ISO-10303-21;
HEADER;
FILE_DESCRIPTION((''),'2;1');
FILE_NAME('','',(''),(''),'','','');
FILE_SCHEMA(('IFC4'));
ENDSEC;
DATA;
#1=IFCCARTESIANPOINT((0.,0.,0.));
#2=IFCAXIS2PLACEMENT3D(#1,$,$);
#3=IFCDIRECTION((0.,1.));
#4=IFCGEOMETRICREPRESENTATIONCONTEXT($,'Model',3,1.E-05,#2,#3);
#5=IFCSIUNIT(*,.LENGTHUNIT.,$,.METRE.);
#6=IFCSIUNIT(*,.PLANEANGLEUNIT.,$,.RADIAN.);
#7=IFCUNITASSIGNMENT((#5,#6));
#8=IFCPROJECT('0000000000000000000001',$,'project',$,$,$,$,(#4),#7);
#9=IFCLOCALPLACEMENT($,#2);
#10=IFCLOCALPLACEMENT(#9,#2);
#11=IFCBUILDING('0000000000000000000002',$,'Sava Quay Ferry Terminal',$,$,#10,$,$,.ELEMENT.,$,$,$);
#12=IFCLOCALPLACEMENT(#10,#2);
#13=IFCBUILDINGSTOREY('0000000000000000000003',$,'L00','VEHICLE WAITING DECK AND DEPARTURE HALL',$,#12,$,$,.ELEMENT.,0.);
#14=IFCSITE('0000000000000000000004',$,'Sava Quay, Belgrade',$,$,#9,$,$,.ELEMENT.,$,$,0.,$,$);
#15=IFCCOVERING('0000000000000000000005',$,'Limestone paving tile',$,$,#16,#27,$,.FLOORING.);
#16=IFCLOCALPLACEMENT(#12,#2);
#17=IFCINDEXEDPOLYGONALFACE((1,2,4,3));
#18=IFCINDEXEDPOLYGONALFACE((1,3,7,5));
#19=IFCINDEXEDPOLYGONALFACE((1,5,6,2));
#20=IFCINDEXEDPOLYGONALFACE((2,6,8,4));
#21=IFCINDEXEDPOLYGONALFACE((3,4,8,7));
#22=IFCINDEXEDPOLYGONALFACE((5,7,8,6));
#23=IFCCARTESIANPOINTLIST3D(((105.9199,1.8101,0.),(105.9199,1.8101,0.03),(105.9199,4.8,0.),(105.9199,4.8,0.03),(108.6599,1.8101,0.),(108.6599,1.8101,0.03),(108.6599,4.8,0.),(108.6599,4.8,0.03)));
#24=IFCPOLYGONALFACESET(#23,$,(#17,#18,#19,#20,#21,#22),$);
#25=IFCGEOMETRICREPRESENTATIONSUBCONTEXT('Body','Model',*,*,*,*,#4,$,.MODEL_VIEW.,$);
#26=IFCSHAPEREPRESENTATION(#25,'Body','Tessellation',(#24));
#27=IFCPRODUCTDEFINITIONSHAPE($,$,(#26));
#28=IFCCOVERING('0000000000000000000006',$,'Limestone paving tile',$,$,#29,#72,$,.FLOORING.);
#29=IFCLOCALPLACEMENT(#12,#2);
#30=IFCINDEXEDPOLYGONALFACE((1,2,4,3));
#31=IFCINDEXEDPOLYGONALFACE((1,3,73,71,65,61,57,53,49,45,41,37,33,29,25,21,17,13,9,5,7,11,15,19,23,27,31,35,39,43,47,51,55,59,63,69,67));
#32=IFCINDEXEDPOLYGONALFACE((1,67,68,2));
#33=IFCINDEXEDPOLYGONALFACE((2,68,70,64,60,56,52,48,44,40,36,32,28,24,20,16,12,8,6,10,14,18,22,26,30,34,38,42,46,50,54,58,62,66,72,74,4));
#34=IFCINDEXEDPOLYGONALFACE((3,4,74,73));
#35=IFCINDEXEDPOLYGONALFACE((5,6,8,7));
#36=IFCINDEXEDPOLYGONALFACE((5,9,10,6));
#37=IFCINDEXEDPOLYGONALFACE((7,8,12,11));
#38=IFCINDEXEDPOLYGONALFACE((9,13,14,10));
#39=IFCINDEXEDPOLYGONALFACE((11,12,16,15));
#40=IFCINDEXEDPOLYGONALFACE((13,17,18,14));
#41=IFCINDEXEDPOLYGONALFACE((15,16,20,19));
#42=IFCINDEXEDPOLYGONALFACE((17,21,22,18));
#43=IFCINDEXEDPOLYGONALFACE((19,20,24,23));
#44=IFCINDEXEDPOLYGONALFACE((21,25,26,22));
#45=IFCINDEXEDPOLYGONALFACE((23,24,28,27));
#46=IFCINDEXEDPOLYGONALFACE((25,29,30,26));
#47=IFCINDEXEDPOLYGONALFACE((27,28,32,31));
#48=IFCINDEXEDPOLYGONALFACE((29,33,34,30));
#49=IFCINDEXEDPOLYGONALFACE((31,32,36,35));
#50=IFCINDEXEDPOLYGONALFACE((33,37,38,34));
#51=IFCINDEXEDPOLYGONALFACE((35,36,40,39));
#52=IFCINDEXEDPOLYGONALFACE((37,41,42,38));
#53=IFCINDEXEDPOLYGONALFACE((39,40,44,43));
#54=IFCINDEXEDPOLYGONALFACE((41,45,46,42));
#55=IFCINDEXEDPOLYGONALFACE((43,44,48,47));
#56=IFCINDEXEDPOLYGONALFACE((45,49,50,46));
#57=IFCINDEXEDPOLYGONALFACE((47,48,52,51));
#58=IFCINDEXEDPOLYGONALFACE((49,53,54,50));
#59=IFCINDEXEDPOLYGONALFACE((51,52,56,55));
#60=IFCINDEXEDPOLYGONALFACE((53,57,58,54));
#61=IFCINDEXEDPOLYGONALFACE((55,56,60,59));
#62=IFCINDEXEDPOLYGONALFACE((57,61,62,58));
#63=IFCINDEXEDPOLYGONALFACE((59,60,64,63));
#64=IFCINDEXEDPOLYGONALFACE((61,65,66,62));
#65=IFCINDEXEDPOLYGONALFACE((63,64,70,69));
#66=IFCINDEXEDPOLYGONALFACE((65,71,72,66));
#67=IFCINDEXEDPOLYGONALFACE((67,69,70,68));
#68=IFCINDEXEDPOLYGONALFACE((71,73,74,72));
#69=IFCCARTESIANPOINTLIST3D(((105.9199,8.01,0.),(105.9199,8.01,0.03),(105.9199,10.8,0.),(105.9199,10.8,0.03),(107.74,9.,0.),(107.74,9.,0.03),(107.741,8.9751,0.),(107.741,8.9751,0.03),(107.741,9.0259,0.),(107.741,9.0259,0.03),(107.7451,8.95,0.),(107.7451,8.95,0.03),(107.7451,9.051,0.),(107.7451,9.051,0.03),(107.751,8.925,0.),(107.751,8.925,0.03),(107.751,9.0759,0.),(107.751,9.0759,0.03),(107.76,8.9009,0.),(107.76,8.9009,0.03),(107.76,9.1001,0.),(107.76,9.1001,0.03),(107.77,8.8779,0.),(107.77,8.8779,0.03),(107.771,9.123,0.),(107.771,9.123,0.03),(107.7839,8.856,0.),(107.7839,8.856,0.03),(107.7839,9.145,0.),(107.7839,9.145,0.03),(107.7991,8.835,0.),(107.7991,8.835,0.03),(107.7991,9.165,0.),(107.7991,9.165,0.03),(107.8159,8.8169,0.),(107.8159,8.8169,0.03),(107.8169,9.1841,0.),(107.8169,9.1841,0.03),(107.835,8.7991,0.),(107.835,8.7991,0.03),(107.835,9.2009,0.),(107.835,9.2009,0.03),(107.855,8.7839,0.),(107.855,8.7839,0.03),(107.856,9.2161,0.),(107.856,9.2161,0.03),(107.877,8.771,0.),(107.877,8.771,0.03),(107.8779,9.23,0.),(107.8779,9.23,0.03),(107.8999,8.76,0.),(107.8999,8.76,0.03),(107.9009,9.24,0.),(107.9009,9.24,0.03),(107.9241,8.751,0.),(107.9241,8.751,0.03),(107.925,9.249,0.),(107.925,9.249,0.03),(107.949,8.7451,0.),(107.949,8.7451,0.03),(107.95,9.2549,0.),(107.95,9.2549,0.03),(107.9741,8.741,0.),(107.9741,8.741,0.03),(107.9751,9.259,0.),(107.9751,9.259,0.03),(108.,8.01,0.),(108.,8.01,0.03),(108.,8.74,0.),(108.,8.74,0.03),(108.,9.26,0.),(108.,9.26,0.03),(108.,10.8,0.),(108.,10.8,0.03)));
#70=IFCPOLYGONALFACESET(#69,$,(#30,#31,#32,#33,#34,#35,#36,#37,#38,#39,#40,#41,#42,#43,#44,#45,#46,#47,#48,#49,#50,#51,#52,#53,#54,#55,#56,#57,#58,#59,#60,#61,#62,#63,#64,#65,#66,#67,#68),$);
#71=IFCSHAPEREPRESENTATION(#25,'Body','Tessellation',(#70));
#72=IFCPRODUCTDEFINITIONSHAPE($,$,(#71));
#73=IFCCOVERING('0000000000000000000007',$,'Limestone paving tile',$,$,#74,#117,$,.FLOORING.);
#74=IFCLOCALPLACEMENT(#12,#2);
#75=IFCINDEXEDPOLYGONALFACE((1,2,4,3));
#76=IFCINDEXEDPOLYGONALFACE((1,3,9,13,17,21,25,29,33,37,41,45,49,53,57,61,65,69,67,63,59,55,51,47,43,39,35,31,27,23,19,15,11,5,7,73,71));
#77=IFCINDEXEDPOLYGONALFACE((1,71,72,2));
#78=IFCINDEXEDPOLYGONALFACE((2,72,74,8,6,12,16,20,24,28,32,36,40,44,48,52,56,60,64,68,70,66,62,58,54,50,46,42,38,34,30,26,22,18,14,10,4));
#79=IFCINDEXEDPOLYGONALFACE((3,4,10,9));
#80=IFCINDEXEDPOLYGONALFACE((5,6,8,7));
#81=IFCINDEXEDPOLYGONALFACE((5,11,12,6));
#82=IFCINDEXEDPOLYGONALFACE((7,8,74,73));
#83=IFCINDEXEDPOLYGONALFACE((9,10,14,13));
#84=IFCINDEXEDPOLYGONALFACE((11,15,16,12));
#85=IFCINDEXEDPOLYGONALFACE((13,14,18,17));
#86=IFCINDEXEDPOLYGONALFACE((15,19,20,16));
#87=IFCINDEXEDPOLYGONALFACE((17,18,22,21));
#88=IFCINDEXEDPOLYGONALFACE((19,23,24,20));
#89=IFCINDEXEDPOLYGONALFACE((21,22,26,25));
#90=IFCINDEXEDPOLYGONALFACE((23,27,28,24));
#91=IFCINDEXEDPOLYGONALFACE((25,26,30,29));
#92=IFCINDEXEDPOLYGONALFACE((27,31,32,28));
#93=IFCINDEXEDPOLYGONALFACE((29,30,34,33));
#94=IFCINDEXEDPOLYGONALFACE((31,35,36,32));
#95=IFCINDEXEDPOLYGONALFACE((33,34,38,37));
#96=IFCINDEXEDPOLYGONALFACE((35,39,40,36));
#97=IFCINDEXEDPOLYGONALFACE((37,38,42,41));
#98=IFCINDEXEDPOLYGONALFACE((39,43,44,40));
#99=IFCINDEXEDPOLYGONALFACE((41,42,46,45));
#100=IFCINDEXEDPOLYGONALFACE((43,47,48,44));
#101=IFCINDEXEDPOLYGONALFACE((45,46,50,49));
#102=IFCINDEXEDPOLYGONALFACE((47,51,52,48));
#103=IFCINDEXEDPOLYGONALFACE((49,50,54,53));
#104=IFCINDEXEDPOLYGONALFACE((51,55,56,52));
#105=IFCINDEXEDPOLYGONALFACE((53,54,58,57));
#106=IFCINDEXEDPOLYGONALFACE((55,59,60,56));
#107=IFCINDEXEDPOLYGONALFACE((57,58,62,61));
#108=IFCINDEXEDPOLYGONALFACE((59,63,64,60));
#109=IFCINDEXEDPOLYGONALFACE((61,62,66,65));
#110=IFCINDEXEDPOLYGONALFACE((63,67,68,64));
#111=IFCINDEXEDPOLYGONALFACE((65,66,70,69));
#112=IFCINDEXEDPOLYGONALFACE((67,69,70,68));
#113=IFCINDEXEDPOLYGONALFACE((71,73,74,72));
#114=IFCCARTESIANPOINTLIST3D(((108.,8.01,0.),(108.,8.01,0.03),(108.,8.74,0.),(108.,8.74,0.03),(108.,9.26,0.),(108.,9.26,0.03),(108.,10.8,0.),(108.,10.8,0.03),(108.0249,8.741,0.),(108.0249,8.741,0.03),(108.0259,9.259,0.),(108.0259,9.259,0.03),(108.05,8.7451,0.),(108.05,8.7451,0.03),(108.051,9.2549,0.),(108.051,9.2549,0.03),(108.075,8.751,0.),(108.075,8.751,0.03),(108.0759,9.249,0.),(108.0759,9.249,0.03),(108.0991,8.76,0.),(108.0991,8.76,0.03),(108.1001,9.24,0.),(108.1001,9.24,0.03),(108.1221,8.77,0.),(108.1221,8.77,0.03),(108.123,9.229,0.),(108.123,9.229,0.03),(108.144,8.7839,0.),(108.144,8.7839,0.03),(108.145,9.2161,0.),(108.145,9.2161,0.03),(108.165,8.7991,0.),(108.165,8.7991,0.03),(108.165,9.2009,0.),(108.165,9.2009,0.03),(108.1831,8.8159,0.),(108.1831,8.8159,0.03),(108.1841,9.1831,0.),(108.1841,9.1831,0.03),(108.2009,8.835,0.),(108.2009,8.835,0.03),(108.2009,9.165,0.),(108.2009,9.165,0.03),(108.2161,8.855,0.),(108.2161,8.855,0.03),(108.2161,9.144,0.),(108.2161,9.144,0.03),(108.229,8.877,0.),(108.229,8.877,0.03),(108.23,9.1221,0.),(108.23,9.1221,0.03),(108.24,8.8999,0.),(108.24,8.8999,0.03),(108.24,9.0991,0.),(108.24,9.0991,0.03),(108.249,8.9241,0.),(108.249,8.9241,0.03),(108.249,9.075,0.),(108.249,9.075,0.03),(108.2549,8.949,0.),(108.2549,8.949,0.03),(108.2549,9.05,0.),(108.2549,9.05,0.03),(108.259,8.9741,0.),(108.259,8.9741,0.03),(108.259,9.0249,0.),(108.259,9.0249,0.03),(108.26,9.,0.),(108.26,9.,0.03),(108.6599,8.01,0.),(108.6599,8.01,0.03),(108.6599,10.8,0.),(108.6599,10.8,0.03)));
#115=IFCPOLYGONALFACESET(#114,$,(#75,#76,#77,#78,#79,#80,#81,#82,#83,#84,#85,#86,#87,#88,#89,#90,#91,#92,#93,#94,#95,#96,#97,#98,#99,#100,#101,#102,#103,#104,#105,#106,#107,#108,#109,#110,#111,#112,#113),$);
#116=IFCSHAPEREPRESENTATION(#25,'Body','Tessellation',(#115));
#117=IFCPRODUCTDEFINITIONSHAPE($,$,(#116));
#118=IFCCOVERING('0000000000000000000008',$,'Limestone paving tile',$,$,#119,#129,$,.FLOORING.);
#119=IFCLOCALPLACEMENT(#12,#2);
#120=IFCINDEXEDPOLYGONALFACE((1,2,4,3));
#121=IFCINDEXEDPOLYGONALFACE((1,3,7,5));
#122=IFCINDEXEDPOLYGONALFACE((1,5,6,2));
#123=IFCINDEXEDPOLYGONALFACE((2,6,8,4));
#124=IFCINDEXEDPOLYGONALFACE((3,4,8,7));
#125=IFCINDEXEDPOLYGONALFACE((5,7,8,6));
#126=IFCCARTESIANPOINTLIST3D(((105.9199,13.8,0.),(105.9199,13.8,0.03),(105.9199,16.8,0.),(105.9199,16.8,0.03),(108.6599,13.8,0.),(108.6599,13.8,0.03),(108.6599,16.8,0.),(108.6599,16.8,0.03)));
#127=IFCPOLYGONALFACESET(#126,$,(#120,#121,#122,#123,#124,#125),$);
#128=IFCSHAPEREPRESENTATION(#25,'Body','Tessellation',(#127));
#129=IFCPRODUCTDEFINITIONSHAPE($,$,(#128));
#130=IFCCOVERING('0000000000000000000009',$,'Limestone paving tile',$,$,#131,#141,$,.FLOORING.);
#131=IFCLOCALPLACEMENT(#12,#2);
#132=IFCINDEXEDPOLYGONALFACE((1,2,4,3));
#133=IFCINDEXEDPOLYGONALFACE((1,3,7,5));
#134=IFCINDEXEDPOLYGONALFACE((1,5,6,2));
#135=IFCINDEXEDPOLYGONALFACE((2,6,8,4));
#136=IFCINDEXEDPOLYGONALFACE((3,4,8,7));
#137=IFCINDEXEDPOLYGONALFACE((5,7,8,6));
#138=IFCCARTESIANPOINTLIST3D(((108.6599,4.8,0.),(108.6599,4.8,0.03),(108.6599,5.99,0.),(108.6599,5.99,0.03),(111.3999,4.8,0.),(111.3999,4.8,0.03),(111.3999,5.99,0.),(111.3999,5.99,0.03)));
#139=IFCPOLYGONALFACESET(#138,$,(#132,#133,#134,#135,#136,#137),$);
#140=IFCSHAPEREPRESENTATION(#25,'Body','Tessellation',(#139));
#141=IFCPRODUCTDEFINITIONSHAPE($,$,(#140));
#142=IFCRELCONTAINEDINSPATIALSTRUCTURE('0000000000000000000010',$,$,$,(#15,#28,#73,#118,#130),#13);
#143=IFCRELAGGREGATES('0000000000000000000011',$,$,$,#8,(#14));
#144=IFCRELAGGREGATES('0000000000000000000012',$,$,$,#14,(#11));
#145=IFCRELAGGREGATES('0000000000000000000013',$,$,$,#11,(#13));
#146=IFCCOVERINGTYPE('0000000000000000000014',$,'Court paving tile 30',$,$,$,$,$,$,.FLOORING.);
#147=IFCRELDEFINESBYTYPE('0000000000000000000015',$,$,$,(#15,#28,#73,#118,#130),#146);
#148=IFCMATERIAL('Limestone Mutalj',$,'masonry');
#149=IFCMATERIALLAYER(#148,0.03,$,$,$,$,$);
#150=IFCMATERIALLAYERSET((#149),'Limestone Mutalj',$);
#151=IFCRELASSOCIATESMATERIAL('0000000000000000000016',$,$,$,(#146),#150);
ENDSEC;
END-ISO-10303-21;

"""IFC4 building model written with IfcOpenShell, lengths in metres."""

from ifc_helpers import new_model, si_unit, direction, origin, place, context, subcontext, project, spatial, polyline, outline, extrude, material, layer, layer_set, type_object, element, save


model = new_model("IFC4")

# Units and contexts
model_context = context("Model", 3, precision=1e-05, world=origin(), true_north=direction((0.0, 1.0)))
body_context = subcontext(model_context, "Body", "Model", "MODEL_VIEW")
ifc_project = project(units=[si_unit("LENGTHUNIT", "METRE"), si_unit("PLANEANGLEUNIT", "RADIAN")], contexts=[model_context])

# Site, building, storey
site_placement = place(None, origin())
site = spatial("IfcSite", under=ifc_project, at=site_placement, Name="Sava Quay, Belgrade", CompositionType="ELEMENT", RefElevation=0.0)
building_placement = place(site_placement, origin())
building = spatial("IfcBuilding", under=site, at=building_placement, Name="Sava Quay Ferry Terminal", CompositionType="ELEMENT")
storey_placement = place(building_placement, origin())
storey = spatial("IfcBuildingStorey", under=building, at=storey_placement, Name="L00", Description="VEHICLE WAITING DECK AND DEPARTURE HALL", CompositionType="ELEMENT", Elevation=0.0)

# Coverings
ifc_material_1 = material(Name="Limestone Mutalj", Category="masonry")
ifc_layer_1 = layer(ifc_material_1, 0.03)
ifc_layer_set_1 = layer_set([ifc_layer_1], Name="Limestone Mutalj")
covering_type_1 = type_object("IfcCoveringType", Name="Court paving tile 30", PredefinedType="FLOORING", material=ifc_layer_set_1)
covering_1_placement = place(storey_placement, origin())
element("IfcCovering", 1, at=covering_1_placement, inside=storey, type_object=covering_type_1, Name="Limestone paving tile", PredefinedType="FLOORING", context=body_context, shape_type="SweptSolid", body=[
    extrude(outline(polyline([(105.9199, 4.8), (105.9199, 1.8101), (108.6599, 1.8101), (108.6599, 4.8), (105.9199, 4.8)])), origin(), (0.0, 0.0, 1.0), 0.03),
])
covering_2_placement = place(storey_placement, origin())
element("IfcCovering", 2, at=covering_2_placement, inside=storey, type_object=covering_type_1, Name="Limestone paving tile", PredefinedType="FLOORING", context=body_context, shape_type="SweptSolid", body=[
    extrude(outline(polyline([(108.0, 10.8), (105.9199, 10.8), (105.9199, 8.01), (108.0, 8.01), (108.0, 8.74), (107.9741, 8.741), (107.949, 8.7451), (107.9241, 8.751), (107.8999, 8.76), (107.877, 8.771), (107.855, 8.7839), (107.835, 8.7991), (107.8159, 8.8169), (107.7991, 8.835), (107.7839, 8.856), (107.77, 8.8779), (107.76, 8.9009), (107.751, 8.925), (107.7451, 8.95), (107.741, 8.9751), (107.74, 9.0), (107.741, 9.0259), (107.7451, 9.051), (107.751, 9.0759), (107.76, 9.1001), (107.771, 9.123), (107.7839, 9.145), (107.7991, 9.165), (107.8169, 9.1841), (107.835, 9.2009), (107.856, 9.2161), (107.8779, 9.23), (107.9009, 9.24), (107.925, 9.249), (107.95, 9.2549), (107.9751, 9.259), (108.0, 9.26), (108.0, 10.8)])), origin(), (0.0, 0.0, 1.0), 0.03),
])
covering_3_placement = place(storey_placement, origin())
element("IfcCovering", 3, at=covering_3_placement, inside=storey, type_object=covering_type_1, Name="Limestone paving tile", PredefinedType="FLOORING", context=body_context, shape_type="SweptSolid", body=[
    extrude(outline(polyline([(108.6599, 10.8), (108.0, 10.8), (108.0, 9.26), (108.0259, 9.259), (108.051, 9.2549), (108.0759, 9.249), (108.1001, 9.24), (108.123, 9.229), (108.145, 9.2161), (108.165, 9.2009), (108.1841, 9.1831), (108.2009, 9.165), (108.2161, 9.144), (108.23, 9.1221), (108.24, 9.0991), (108.249, 9.075), (108.2549, 9.05), (108.259, 9.0249), (108.26, 9.0), (108.259, 8.9741), (108.2549, 8.949), (108.249, 8.9241), (108.24, 8.8999), (108.229, 8.877), (108.2161, 8.855), (108.2009, 8.835), (108.1831, 8.8159), (108.165, 8.7991), (108.144, 8.7839), (108.1221, 8.77), (108.0991, 8.76), (108.075, 8.751), (108.05, 8.7451), (108.0249, 8.741), (108.0, 8.74), (108.0, 8.01), (108.6599, 8.01), (108.6599, 10.8)])), origin(), (0.0, 0.0, 1.0), 0.03),
])
covering_4_placement = place(storey_placement, origin())
element("IfcCovering", 4, at=covering_4_placement, inside=storey, type_object=covering_type_1, Name="Limestone paving tile", PredefinedType="FLOORING", context=body_context, shape_type="SweptSolid", body=[
    extrude(outline(polyline([(105.9199, 13.8), (108.6599, 13.8), (108.6599, 16.8), (105.9199, 16.8), (105.9199, 13.8)])), origin(), (0.0, 0.0, 1.0), 0.03),
])
covering_5_placement = place(storey_placement, origin())
element("IfcCovering", 5, at=covering_5_placement, inside=storey, type_object=covering_type_1, Name="Limestone paving tile", PredefinedType="FLOORING", context=body_context, shape_type="SweptSolid", body=[
    extrude(outline(polyline([(111.3999, 4.8), (111.3999, 5.99), (108.6599, 5.99), (108.6599, 4.8), (111.3999, 4.8)])), origin(), (0.0, 0.0, 1.0), 0.03),
])

save(model, "model.ifc")
